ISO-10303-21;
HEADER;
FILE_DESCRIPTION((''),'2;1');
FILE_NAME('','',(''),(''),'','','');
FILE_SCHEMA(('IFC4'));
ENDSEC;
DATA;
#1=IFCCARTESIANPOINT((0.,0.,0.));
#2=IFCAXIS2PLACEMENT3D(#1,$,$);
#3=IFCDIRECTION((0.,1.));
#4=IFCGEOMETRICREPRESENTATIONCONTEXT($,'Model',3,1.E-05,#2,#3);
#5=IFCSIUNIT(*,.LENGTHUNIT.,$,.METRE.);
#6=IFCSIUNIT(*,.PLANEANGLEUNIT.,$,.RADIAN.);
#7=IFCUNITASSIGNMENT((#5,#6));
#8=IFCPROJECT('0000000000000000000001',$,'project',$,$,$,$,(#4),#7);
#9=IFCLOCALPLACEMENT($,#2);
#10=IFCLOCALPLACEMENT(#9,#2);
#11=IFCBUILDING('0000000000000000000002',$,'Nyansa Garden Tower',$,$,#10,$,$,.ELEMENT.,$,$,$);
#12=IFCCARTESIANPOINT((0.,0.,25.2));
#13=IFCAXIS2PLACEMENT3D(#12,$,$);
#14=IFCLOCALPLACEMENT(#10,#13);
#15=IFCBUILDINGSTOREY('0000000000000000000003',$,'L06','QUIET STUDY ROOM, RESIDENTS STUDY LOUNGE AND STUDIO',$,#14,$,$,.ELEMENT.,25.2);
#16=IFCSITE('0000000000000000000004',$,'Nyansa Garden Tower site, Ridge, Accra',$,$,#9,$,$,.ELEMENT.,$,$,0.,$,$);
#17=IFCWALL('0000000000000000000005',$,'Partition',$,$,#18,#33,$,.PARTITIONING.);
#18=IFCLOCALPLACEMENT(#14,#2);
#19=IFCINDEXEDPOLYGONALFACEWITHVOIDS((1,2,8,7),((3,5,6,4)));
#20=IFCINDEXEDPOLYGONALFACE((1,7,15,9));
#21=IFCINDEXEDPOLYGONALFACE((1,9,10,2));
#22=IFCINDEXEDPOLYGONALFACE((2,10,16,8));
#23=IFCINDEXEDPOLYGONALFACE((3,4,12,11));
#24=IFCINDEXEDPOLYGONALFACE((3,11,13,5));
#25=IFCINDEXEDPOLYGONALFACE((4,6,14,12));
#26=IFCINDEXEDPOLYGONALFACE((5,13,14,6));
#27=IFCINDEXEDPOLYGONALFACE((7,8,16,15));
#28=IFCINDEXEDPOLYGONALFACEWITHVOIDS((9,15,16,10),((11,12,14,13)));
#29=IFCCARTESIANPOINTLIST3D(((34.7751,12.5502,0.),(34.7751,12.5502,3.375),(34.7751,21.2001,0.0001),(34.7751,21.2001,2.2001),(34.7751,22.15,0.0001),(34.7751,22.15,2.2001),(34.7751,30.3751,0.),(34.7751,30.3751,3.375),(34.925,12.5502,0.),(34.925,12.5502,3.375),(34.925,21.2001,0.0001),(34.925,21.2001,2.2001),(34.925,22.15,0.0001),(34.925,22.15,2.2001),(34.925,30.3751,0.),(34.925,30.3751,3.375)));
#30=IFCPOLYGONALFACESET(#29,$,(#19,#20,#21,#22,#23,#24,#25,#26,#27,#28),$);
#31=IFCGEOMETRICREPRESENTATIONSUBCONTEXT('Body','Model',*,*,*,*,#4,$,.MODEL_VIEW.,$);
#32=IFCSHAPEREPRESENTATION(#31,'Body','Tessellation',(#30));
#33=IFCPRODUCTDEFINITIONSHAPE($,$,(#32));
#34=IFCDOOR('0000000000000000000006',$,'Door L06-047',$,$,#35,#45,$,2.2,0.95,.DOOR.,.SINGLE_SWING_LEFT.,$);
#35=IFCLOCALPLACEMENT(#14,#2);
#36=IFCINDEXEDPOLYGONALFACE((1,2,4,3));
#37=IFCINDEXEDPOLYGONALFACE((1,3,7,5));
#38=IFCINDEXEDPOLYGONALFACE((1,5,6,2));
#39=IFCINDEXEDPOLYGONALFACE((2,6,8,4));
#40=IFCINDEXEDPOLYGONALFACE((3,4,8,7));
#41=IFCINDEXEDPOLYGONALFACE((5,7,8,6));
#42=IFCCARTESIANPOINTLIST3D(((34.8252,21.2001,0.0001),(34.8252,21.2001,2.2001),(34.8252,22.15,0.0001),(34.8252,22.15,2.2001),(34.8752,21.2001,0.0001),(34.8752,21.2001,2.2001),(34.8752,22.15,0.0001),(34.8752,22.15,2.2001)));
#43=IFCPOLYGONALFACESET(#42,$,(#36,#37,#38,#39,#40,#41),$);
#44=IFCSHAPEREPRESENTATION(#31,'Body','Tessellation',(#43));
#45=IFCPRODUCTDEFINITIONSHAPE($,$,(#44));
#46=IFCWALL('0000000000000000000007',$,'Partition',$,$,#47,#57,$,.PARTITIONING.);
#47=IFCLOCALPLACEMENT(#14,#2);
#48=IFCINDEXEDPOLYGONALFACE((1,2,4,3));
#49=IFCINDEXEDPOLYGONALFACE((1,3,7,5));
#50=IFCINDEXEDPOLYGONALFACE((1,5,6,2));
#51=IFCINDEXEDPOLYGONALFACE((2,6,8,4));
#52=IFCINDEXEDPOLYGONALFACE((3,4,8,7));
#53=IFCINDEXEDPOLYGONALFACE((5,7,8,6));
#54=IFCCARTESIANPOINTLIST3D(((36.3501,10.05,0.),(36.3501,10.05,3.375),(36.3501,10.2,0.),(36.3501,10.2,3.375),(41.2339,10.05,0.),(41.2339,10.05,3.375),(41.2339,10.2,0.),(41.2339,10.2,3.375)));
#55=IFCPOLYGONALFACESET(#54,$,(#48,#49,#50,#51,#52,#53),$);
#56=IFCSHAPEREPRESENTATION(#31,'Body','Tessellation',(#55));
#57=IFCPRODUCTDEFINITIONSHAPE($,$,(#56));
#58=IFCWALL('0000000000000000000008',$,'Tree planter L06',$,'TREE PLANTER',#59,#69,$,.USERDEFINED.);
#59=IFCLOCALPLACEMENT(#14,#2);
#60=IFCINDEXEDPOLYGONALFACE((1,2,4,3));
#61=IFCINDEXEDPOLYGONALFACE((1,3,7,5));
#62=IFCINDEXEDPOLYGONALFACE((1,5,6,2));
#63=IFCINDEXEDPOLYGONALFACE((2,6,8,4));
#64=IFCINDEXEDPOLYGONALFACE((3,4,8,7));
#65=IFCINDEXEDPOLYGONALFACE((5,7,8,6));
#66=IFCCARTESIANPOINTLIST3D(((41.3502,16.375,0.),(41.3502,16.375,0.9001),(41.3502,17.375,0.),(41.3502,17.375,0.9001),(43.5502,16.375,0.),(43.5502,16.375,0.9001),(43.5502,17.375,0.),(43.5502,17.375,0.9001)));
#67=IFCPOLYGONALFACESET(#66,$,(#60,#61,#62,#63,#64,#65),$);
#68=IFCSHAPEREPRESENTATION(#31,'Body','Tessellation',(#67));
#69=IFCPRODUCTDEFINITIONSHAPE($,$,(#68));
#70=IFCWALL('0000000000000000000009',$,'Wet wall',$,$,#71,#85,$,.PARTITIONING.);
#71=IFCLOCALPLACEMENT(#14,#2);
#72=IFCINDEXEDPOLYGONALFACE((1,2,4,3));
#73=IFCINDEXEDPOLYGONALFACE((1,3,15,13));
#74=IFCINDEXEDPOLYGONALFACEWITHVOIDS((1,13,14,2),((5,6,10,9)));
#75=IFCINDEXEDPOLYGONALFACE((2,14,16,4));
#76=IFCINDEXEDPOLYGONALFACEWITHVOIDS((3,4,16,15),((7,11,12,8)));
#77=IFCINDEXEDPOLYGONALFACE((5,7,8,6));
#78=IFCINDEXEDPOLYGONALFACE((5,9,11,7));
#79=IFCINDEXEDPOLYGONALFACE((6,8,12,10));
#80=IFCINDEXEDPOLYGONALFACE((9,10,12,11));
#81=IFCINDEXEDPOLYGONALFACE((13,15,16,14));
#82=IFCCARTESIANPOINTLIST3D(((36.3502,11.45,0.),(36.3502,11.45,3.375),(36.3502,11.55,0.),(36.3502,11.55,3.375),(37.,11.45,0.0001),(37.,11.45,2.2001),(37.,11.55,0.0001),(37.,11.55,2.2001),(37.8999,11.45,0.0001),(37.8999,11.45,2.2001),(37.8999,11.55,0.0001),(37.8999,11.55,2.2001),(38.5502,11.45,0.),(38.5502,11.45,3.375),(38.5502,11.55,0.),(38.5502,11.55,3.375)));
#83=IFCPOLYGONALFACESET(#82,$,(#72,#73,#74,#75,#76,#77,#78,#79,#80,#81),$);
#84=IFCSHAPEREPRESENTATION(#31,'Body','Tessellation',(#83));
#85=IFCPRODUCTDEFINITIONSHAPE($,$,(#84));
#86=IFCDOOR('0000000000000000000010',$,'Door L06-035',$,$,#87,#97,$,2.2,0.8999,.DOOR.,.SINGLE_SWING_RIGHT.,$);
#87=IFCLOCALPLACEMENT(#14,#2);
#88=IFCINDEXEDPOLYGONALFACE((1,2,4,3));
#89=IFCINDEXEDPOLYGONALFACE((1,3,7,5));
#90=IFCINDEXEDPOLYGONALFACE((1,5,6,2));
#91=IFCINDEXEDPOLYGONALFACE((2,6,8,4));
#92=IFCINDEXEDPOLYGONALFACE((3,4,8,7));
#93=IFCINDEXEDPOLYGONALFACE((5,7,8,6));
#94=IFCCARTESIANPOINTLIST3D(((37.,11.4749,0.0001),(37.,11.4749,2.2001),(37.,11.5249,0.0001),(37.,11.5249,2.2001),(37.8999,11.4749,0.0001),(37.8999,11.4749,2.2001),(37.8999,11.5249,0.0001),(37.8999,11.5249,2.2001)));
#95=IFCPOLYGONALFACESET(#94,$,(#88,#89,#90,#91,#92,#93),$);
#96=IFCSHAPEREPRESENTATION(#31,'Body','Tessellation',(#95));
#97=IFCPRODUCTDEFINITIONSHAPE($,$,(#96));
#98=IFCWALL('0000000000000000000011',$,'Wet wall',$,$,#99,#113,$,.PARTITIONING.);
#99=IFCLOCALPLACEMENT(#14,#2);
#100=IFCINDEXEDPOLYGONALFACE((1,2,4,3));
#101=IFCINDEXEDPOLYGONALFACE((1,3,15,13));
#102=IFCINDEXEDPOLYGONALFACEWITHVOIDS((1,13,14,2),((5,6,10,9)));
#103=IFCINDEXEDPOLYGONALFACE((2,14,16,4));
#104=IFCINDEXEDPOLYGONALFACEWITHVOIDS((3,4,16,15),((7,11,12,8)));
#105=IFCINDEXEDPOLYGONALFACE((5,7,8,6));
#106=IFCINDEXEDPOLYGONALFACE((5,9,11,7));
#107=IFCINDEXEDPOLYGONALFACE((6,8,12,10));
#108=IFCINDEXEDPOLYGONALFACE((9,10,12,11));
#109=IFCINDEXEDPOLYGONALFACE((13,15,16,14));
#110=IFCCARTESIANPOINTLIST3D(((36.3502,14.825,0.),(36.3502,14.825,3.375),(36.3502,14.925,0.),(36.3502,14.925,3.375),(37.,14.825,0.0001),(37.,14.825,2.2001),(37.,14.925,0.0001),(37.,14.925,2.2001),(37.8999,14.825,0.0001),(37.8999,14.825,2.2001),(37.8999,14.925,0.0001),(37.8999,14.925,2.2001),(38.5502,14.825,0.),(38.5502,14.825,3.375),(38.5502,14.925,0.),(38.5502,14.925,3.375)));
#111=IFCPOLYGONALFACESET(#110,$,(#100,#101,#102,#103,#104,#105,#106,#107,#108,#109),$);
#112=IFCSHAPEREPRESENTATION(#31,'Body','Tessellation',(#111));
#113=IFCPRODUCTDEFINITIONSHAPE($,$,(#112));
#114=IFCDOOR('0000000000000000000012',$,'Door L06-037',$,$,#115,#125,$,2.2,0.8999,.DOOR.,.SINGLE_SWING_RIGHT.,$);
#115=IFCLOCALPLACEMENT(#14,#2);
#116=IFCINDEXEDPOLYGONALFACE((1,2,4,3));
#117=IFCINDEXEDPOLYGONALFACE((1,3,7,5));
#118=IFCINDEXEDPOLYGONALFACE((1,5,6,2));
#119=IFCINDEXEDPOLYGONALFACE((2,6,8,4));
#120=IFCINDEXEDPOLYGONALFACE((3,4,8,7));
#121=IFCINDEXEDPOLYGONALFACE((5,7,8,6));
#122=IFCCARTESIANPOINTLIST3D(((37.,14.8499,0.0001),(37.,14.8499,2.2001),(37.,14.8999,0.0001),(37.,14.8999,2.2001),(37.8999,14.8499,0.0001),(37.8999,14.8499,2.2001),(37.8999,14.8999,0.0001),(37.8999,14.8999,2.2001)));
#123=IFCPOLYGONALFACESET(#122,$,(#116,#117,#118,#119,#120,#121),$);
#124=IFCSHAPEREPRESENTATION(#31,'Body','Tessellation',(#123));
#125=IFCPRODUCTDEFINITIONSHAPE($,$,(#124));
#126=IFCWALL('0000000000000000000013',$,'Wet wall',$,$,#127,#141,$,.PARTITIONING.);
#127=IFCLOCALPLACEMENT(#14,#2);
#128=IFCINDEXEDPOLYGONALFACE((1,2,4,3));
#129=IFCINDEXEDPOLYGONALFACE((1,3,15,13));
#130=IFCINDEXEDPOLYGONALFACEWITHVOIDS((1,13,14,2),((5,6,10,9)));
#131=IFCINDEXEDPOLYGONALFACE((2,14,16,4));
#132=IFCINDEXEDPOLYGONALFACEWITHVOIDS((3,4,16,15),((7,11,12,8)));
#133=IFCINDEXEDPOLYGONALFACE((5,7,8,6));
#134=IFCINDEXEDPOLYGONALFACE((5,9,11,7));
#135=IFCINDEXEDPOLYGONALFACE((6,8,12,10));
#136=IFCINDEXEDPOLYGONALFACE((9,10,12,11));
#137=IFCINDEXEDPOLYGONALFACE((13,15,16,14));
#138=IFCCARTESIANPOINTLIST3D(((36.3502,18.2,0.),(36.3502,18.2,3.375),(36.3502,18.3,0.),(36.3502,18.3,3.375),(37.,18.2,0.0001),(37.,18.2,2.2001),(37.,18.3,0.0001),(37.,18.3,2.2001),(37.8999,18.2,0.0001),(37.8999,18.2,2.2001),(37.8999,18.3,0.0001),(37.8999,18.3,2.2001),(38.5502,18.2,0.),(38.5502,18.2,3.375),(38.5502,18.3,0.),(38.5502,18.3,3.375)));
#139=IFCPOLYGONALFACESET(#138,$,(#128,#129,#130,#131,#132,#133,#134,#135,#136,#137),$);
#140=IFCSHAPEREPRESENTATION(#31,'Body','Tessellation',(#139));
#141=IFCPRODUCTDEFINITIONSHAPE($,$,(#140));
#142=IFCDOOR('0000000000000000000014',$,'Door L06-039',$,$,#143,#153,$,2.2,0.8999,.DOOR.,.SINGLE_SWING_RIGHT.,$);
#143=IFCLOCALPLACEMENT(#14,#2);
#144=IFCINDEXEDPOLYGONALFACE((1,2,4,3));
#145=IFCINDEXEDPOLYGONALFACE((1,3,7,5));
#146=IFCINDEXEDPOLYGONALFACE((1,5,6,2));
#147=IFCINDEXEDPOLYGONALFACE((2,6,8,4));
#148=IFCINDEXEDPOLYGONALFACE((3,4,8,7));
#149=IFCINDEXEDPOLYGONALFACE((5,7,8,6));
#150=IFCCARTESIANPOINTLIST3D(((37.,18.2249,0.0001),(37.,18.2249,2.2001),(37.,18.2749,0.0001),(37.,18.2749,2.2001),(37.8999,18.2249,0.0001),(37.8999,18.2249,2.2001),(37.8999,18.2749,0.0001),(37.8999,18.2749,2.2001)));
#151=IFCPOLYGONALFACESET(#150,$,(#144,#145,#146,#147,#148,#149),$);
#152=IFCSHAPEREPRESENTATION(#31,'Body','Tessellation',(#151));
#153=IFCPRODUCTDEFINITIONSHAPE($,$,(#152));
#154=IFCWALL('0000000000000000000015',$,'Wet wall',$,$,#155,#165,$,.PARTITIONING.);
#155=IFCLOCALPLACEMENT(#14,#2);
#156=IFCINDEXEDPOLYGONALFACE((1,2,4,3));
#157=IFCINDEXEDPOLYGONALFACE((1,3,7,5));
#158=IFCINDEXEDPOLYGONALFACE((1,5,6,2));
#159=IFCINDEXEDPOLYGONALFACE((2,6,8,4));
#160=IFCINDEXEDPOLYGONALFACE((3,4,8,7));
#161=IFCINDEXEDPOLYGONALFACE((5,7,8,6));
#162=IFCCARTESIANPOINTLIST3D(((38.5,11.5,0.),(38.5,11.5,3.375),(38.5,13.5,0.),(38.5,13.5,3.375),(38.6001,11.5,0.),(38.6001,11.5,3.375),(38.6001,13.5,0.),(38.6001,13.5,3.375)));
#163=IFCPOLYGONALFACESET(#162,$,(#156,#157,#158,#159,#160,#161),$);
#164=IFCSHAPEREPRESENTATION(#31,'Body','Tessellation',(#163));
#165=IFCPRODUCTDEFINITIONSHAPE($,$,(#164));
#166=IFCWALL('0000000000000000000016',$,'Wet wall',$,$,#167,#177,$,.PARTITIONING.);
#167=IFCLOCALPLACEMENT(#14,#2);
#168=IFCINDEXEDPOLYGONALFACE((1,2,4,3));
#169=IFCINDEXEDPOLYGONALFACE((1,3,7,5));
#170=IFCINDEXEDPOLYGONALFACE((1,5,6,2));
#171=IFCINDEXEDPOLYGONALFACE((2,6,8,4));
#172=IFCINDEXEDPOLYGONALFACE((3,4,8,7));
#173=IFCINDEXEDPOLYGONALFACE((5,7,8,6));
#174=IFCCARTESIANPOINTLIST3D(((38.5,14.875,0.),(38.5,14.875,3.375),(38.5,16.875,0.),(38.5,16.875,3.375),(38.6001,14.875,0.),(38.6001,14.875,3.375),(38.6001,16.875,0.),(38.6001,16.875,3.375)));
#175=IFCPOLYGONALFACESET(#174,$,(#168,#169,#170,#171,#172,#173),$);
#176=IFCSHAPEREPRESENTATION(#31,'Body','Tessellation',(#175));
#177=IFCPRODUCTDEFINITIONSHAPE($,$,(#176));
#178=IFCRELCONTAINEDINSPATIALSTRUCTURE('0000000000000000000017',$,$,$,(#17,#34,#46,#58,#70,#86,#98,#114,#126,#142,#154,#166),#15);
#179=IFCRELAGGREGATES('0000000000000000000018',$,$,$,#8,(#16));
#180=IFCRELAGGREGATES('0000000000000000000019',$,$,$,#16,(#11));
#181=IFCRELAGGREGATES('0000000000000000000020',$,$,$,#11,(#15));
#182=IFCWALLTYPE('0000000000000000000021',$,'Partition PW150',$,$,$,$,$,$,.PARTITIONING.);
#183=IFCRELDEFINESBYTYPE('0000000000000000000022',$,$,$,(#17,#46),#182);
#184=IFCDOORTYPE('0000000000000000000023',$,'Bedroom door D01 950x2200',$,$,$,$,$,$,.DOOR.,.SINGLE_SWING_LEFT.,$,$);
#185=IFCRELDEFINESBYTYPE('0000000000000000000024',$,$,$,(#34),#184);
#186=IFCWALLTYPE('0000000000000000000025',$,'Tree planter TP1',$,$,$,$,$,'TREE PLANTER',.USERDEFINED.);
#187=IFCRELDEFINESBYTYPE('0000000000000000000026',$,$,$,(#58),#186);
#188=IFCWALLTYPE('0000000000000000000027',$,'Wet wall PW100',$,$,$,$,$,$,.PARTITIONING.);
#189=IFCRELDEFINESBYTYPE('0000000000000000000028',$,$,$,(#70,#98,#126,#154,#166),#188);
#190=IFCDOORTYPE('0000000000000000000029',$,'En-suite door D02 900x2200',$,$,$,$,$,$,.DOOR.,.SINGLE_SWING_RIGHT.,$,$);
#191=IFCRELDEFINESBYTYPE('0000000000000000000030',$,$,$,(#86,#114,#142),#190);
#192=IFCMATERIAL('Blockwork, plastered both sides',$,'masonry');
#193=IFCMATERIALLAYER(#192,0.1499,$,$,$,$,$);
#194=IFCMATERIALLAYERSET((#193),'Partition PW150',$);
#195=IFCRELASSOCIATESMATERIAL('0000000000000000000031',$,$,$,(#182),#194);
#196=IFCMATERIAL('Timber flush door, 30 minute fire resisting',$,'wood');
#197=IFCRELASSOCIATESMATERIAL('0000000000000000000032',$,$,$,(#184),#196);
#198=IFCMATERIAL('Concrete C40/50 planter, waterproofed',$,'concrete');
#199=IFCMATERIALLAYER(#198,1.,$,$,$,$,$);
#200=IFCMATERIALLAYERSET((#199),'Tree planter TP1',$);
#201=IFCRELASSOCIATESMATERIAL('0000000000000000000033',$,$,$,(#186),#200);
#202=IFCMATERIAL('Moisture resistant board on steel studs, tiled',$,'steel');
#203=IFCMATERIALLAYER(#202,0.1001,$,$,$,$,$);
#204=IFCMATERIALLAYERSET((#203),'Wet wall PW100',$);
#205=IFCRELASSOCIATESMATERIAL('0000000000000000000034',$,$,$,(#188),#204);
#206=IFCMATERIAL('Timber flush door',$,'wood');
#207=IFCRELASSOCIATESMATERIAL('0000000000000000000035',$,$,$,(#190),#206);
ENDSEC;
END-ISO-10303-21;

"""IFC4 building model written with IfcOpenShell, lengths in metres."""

from ifc_helpers import new_model, si_unit, direction, frame, frame_2d, origin, place, context, subcontext, project, spatial, rectangle, extrude, material, layer, layer_set, type_object, element, fill, save


model = new_model("IFC4")

# Units and contexts
model_context = context("Model", 3, precision=1e-05, world=origin(), true_north=direction((0.0, 1.0)))
body_context = subcontext(model_context, "Body", "Model", "MODEL_VIEW")
ifc_project = project(units=[si_unit("LENGTHUNIT", "METRE"), si_unit("PLANEANGLEUNIT", "RADIAN")], contexts=[model_context])

# Site, building, storey
site_placement = place(None, origin())
site = spatial("IfcSite", under=ifc_project, at=site_placement, Name="Nyansa Garden Tower site, Ridge, Accra", CompositionType="ELEMENT", RefElevation=0.0)
building_placement = place(site_placement, origin())
building = spatial("IfcBuilding", under=site, at=building_placement, Name="Nyansa Garden Tower", CompositionType="ELEMENT")
storey_placement = place(building_placement, frame((0.0, 0.0, 25.2)))
storey = spatial("IfcBuildingStorey", under=building, at=storey_placement, Name="L06", Description="QUIET STUDY ROOM, RESIDENTS STUDY LOUNGE AND STUDIO", CompositionType="ELEMENT", Elevation=25.2)

# Wall, opening, door
ifc_material_1 = material(Name="Blockwork, plastered both sides", Category="masonry")
ifc_layer_1 = layer(ifc_material_1, 0.1499)
ifc_layer_set_1 = layer_set([ifc_layer_1], Name="Partition PW150")
wall_type_1 = type_object("IfcWallType", Name="Partition PW150", PredefinedType="PARTITIONING", material=ifc_layer_set_1)
wall_1_placement = place(storey_placement, frame((34.8501, 12.55, 0.0), z_axis=(0.0, 0.0, 1.0), x_axis=(0.0, 1.0, 0.0)))
wall_1 = element("IfcWall", 1, at=wall_1_placement, inside=storey, type_object=wall_type_1, Name="Partition", PredefinedType="PARTITIONING", context=body_context, shape_type="SweptSolid", body=[
    extrude(rectangle(XDim=17.825, YDim=0.1499, at=frame_2d((8.9126, 0.0))), origin(), (0.0, 0.0, 1.0), 3.375),
])
opening_1_placement = place(wall_1_placement, frame((8.6499, 0.0, 0.0)))
opening_1 = element("IfcOpeningElement", 2, at=opening_1_placement, cuts=wall_1, PredefinedType="OPENING", context=body_context, shape_type="SweptSolid", body=[
    extrude(rectangle(XDim=0.95, YDim=2.2, at=frame_2d((0.4751, 1.1001))), frame((0.0, 0.085, 0.0), z_axis=(0.0, -1.0, 0.0), x_axis=(1.0, 0.0, 0.0)), (0.0, 0.0, 1.0), 0.1699),
])
ifc_material_2 = material(Name="Timber flush door, 30 minute fire resisting", Category="wood")
door_type_1 = type_object("IfcDoorType", Name="Bedroom door D01 950x2200", OperationType="SINGLE_SWING_LEFT", PredefinedType="DOOR", material=ifc_material_2)
door_1_placement = place(opening_1_placement, origin())
door_1 = element("IfcDoor", 3, at=door_1_placement, inside=storey, type_object=door_type_1, Name="Door L06-047", OperationType="SINGLE_SWING_LEFT", OverallHeight=2.2, OverallWidth=0.95, PredefinedType="DOOR", context=body_context, shape_type="SweptSolid", body=[
    extrude(rectangle(XDim=0.95, YDim=2.2, at=frame_2d((0.4751, 1.1001))), frame((0.0, 0.0249, 0.0), z_axis=(0.0, -1.0, 0.0), x_axis=(1.0, 0.0, 0.0)), (0.0, 0.0, 1.0), 0.05),
])
fill(opening_1, door_1)

# Walls
wall_2_placement = place(storey_placement, frame((36.3501, 10.125, 0.0), z_axis=(0.0, 0.0, 1.0), x_axis=(1.0, 0.0, 0.0)))
element("IfcWall", 4, at=wall_2_placement, inside=storey, type_object=wall_type_1, Name="Partition", PredefinedType="PARTITIONING", context=body_context, shape_type="SweptSolid", body=[
    extrude(rectangle(XDim=4.8838, YDim=0.1499, at=frame_2d((2.4419, 0.0))), origin(), (0.0, 0.0, 1.0), 3.375),
])
ifc_material_3 = material(Name="Concrete C40/50 planter, waterproofed", Category="concrete")
ifc_layer_2 = layer(ifc_material_3, 1.0)
ifc_layer_set_2 = layer_set([ifc_layer_2], Name="Tree planter TP1")
wall_type_2 = type_object("IfcWallType", Name="Tree planter TP1", ElementType="TREE PLANTER", PredefinedType="USERDEFINED", material=ifc_layer_set_2)
wall_3_placement = place(storey_placement, frame((41.3501, 16.875, 0.0), z_axis=(0.0, 0.0, 1.0), x_axis=(1.0, 0.0, 0.0)))
element("IfcWall", 5, at=wall_3_placement, inside=storey, type_object=wall_type_2, Name="Tree planter L06", ObjectType="TREE PLANTER", PredefinedType="USERDEFINED", context=body_context, shape_type="SweptSolid", body=[
    extrude(rectangle(XDim=2.2, YDim=1.0, at=frame_2d((1.1001, 0.0))), origin(), (0.0, 0.0, 1.0), 0.9001),
])

# Walls, openings, doors
ifc_material_4 = material(Name="Moisture resistant board on steel studs, tiled", Category="steel")
ifc_layer_3 = layer(ifc_material_4, 0.1001)
ifc_layer_set_3 = layer_set([ifc_layer_3], Name="Wet wall PW100")
wall_type_3 = type_object("IfcWallType", Name="Wet wall PW100", PredefinedType="PARTITIONING", material=ifc_layer_set_3)
wall_4_placement = place(storey_placement, frame((36.3501, 11.5, 0.0), z_axis=(0.0, 0.0, 1.0), x_axis=(1.0, 0.0, 0.0)))
wall_4 = element("IfcWall", 6, at=wall_4_placement, inside=storey, type_object=wall_type_3, Name="Wet wall", PredefinedType="PARTITIONING", context=body_context, shape_type="SweptSolid", body=[
    extrude(rectangle(XDim=2.2, YDim=0.1001, at=frame_2d((1.1001, 0.0))), origin(), (0.0, 0.0, 1.0), 3.375),
])
opening_2_placement = place(wall_4_placement, frame((0.6499, 0.0, 0.0)))
opening_2 = element("IfcOpeningElement", 7, at=opening_2_placement, cuts=wall_4, PredefinedType="OPENING", context=body_context, shape_type="SweptSolid", body=[
    extrude(rectangle(XDim=0.8999, YDim=2.2, at=frame_2d((0.45, 1.1001))), frame((0.0, 0.0601, 0.0), z_axis=(0.0, -1.0, 0.0), x_axis=(1.0, 0.0, 0.0)), (0.0, 0.0, 1.0), 0.1201),
])
ifc_material_5 = material(Name="Timber flush door", Category="wood")
door_type_2 = type_object("IfcDoorType", Name="En-suite door D02 900x2200", OperationType="SINGLE_SWING_RIGHT", PredefinedType="DOOR", material=ifc_material_5)
door_2_placement = place(opening_2_placement, origin())
door_2 = element("IfcDoor", 8, at=door_2_placement, inside=storey, type_object=door_type_2, Name="Door L06-035", OperationType="SINGLE_SWING_RIGHT", OverallHeight=2.2, OverallWidth=0.8999, PredefinedType="DOOR", context=body_context, shape_type="SweptSolid", body=[
    extrude(rectangle(XDim=0.8999, YDim=2.2, at=frame_2d((0.45, 1.1001))), frame((0.0, 0.0249, 0.0), z_axis=(0.0, -1.0, 0.0), x_axis=(1.0, 0.0, 0.0)), (0.0, 0.0, 1.0), 0.05),
])
fill(opening_2, door_2)
wall_5_placement = place(storey_placement, frame((36.3501, 14.875, 0.0), z_axis=(0.0, 0.0, 1.0), x_axis=(1.0, 0.0, 0.0)))
wall_5 = element("IfcWall", 9, at=wall_5_placement, inside=storey, type_object=wall_type_3, Name="Wet wall", PredefinedType="PARTITIONING", context=body_context, shape_type="SweptSolid", body=[
    extrude(rectangle(XDim=2.2, YDim=0.1001, at=frame_2d((1.1001, 0.0))), origin(), (0.0, 0.0, 1.0), 3.375),
])
opening_3_placement = place(wall_5_placement, frame((0.6499, 0.0, 0.0)))
opening_3 = element("IfcOpeningElement", 10, at=opening_3_placement, cuts=wall_5, PredefinedType="OPENING", context=body_context, shape_type="SweptSolid", body=[
    extrude(rectangle(XDim=0.8999, YDim=2.2, at=frame_2d((0.45, 1.1001))), frame((0.0, 0.0601, 0.0), z_axis=(0.0, -1.0, 0.0), x_axis=(1.0, 0.0, 0.0)), (0.0, 0.0, 1.0), 0.1201),
])
door_3_placement = place(opening_3_placement, origin())
door_3 = element("IfcDoor", 11, at=door_3_placement, inside=storey, type_object=door_type_2, Name="Door L06-037", OperationType="SINGLE_SWING_RIGHT", OverallHeight=2.2, OverallWidth=0.8999, PredefinedType="DOOR", context=body_context, shape_type="SweptSolid", body=[
    extrude(rectangle(XDim=0.8999, YDim=2.2, at=frame_2d((0.45, 1.1001))), frame((0.0, 0.0249, 0.0), z_axis=(0.0, -1.0, 0.0), x_axis=(1.0, 0.0, 0.0)), (0.0, 0.0, 1.0), 0.05),
])
fill(opening_3, door_3)
wall_6_placement = place(storey_placement, frame((36.3501, 18.25, 0.0), z_axis=(0.0, 0.0, 1.0), x_axis=(1.0, 0.0, 0.0)))
wall_6 = element("IfcWall", 12, at=wall_6_placement, inside=storey, type_object=wall_type_3, Name="Wet wall", PredefinedType="PARTITIONING", context=body_context, shape_type="SweptSolid", body=[
    extrude(rectangle(XDim=2.2, YDim=0.1001, at=frame_2d((1.1001, 0.0))), origin(), (0.0, 0.0, 1.0), 3.375),
])
opening_4_placement = place(wall_6_placement, frame((0.6499, 0.0, 0.0)))
opening_4 = element("IfcOpeningElement", 13, at=opening_4_placement, cuts=wall_6, PredefinedType="OPENING", context=body_context, shape_type="SweptSolid", body=[
    extrude(rectangle(XDim=0.8999, YDim=2.2, at=frame_2d((0.45, 1.1001))), frame((0.0, 0.0601, 0.0), z_axis=(0.0, -1.0, 0.0), x_axis=(1.0, 0.0, 0.0)), (0.0, 0.0, 1.0), 0.1201),
])
door_4_placement = place(opening_4_placement, origin())
door_4 = element("IfcDoor", 14, at=door_4_placement, inside=storey, type_object=door_type_2, Name="Door L06-039", OperationType="SINGLE_SWING_RIGHT", OverallHeight=2.2, OverallWidth=0.8999, PredefinedType="DOOR", context=body_context, shape_type="SweptSolid", body=[
    extrude(rectangle(XDim=0.8999, YDim=2.2, at=frame_2d((0.45, 1.1001))), frame((0.0, 0.0249, 0.0), z_axis=(0.0, -1.0, 0.0), x_axis=(1.0, 0.0, 0.0)), (0.0, 0.0, 1.0), 0.05),
])
fill(opening_4, door_4)

# Walls
for number, where, z_axis, x_axis, name in (
    (15, (38.55, 11.5, 0.0), (0.0, 0.0, 1.0), (0.0, 1.0, 0.0), "Wet wall"),
    (16, (38.55, 14.875, 0.0), (0.0, 0.0, 1.0), (0.0, 1.0, 0.0), "Wet wall"),
):
    element("IfcWall", number, at=place(storey_placement, frame(where, z_axis=z_axis, x_axis=x_axis)), inside=storey, type_object=wall_type_3, Name=name, PredefinedType="PARTITIONING", context=body_context, shape_type="SweptSolid", body=[
        extrude(rectangle(XDim=2.0, YDim=0.1001, at=frame_2d((1.0, 0.0))), origin(), (0.0, 0.0, 1.0), 3.375),
    ])

save(model, "model.ifc")
